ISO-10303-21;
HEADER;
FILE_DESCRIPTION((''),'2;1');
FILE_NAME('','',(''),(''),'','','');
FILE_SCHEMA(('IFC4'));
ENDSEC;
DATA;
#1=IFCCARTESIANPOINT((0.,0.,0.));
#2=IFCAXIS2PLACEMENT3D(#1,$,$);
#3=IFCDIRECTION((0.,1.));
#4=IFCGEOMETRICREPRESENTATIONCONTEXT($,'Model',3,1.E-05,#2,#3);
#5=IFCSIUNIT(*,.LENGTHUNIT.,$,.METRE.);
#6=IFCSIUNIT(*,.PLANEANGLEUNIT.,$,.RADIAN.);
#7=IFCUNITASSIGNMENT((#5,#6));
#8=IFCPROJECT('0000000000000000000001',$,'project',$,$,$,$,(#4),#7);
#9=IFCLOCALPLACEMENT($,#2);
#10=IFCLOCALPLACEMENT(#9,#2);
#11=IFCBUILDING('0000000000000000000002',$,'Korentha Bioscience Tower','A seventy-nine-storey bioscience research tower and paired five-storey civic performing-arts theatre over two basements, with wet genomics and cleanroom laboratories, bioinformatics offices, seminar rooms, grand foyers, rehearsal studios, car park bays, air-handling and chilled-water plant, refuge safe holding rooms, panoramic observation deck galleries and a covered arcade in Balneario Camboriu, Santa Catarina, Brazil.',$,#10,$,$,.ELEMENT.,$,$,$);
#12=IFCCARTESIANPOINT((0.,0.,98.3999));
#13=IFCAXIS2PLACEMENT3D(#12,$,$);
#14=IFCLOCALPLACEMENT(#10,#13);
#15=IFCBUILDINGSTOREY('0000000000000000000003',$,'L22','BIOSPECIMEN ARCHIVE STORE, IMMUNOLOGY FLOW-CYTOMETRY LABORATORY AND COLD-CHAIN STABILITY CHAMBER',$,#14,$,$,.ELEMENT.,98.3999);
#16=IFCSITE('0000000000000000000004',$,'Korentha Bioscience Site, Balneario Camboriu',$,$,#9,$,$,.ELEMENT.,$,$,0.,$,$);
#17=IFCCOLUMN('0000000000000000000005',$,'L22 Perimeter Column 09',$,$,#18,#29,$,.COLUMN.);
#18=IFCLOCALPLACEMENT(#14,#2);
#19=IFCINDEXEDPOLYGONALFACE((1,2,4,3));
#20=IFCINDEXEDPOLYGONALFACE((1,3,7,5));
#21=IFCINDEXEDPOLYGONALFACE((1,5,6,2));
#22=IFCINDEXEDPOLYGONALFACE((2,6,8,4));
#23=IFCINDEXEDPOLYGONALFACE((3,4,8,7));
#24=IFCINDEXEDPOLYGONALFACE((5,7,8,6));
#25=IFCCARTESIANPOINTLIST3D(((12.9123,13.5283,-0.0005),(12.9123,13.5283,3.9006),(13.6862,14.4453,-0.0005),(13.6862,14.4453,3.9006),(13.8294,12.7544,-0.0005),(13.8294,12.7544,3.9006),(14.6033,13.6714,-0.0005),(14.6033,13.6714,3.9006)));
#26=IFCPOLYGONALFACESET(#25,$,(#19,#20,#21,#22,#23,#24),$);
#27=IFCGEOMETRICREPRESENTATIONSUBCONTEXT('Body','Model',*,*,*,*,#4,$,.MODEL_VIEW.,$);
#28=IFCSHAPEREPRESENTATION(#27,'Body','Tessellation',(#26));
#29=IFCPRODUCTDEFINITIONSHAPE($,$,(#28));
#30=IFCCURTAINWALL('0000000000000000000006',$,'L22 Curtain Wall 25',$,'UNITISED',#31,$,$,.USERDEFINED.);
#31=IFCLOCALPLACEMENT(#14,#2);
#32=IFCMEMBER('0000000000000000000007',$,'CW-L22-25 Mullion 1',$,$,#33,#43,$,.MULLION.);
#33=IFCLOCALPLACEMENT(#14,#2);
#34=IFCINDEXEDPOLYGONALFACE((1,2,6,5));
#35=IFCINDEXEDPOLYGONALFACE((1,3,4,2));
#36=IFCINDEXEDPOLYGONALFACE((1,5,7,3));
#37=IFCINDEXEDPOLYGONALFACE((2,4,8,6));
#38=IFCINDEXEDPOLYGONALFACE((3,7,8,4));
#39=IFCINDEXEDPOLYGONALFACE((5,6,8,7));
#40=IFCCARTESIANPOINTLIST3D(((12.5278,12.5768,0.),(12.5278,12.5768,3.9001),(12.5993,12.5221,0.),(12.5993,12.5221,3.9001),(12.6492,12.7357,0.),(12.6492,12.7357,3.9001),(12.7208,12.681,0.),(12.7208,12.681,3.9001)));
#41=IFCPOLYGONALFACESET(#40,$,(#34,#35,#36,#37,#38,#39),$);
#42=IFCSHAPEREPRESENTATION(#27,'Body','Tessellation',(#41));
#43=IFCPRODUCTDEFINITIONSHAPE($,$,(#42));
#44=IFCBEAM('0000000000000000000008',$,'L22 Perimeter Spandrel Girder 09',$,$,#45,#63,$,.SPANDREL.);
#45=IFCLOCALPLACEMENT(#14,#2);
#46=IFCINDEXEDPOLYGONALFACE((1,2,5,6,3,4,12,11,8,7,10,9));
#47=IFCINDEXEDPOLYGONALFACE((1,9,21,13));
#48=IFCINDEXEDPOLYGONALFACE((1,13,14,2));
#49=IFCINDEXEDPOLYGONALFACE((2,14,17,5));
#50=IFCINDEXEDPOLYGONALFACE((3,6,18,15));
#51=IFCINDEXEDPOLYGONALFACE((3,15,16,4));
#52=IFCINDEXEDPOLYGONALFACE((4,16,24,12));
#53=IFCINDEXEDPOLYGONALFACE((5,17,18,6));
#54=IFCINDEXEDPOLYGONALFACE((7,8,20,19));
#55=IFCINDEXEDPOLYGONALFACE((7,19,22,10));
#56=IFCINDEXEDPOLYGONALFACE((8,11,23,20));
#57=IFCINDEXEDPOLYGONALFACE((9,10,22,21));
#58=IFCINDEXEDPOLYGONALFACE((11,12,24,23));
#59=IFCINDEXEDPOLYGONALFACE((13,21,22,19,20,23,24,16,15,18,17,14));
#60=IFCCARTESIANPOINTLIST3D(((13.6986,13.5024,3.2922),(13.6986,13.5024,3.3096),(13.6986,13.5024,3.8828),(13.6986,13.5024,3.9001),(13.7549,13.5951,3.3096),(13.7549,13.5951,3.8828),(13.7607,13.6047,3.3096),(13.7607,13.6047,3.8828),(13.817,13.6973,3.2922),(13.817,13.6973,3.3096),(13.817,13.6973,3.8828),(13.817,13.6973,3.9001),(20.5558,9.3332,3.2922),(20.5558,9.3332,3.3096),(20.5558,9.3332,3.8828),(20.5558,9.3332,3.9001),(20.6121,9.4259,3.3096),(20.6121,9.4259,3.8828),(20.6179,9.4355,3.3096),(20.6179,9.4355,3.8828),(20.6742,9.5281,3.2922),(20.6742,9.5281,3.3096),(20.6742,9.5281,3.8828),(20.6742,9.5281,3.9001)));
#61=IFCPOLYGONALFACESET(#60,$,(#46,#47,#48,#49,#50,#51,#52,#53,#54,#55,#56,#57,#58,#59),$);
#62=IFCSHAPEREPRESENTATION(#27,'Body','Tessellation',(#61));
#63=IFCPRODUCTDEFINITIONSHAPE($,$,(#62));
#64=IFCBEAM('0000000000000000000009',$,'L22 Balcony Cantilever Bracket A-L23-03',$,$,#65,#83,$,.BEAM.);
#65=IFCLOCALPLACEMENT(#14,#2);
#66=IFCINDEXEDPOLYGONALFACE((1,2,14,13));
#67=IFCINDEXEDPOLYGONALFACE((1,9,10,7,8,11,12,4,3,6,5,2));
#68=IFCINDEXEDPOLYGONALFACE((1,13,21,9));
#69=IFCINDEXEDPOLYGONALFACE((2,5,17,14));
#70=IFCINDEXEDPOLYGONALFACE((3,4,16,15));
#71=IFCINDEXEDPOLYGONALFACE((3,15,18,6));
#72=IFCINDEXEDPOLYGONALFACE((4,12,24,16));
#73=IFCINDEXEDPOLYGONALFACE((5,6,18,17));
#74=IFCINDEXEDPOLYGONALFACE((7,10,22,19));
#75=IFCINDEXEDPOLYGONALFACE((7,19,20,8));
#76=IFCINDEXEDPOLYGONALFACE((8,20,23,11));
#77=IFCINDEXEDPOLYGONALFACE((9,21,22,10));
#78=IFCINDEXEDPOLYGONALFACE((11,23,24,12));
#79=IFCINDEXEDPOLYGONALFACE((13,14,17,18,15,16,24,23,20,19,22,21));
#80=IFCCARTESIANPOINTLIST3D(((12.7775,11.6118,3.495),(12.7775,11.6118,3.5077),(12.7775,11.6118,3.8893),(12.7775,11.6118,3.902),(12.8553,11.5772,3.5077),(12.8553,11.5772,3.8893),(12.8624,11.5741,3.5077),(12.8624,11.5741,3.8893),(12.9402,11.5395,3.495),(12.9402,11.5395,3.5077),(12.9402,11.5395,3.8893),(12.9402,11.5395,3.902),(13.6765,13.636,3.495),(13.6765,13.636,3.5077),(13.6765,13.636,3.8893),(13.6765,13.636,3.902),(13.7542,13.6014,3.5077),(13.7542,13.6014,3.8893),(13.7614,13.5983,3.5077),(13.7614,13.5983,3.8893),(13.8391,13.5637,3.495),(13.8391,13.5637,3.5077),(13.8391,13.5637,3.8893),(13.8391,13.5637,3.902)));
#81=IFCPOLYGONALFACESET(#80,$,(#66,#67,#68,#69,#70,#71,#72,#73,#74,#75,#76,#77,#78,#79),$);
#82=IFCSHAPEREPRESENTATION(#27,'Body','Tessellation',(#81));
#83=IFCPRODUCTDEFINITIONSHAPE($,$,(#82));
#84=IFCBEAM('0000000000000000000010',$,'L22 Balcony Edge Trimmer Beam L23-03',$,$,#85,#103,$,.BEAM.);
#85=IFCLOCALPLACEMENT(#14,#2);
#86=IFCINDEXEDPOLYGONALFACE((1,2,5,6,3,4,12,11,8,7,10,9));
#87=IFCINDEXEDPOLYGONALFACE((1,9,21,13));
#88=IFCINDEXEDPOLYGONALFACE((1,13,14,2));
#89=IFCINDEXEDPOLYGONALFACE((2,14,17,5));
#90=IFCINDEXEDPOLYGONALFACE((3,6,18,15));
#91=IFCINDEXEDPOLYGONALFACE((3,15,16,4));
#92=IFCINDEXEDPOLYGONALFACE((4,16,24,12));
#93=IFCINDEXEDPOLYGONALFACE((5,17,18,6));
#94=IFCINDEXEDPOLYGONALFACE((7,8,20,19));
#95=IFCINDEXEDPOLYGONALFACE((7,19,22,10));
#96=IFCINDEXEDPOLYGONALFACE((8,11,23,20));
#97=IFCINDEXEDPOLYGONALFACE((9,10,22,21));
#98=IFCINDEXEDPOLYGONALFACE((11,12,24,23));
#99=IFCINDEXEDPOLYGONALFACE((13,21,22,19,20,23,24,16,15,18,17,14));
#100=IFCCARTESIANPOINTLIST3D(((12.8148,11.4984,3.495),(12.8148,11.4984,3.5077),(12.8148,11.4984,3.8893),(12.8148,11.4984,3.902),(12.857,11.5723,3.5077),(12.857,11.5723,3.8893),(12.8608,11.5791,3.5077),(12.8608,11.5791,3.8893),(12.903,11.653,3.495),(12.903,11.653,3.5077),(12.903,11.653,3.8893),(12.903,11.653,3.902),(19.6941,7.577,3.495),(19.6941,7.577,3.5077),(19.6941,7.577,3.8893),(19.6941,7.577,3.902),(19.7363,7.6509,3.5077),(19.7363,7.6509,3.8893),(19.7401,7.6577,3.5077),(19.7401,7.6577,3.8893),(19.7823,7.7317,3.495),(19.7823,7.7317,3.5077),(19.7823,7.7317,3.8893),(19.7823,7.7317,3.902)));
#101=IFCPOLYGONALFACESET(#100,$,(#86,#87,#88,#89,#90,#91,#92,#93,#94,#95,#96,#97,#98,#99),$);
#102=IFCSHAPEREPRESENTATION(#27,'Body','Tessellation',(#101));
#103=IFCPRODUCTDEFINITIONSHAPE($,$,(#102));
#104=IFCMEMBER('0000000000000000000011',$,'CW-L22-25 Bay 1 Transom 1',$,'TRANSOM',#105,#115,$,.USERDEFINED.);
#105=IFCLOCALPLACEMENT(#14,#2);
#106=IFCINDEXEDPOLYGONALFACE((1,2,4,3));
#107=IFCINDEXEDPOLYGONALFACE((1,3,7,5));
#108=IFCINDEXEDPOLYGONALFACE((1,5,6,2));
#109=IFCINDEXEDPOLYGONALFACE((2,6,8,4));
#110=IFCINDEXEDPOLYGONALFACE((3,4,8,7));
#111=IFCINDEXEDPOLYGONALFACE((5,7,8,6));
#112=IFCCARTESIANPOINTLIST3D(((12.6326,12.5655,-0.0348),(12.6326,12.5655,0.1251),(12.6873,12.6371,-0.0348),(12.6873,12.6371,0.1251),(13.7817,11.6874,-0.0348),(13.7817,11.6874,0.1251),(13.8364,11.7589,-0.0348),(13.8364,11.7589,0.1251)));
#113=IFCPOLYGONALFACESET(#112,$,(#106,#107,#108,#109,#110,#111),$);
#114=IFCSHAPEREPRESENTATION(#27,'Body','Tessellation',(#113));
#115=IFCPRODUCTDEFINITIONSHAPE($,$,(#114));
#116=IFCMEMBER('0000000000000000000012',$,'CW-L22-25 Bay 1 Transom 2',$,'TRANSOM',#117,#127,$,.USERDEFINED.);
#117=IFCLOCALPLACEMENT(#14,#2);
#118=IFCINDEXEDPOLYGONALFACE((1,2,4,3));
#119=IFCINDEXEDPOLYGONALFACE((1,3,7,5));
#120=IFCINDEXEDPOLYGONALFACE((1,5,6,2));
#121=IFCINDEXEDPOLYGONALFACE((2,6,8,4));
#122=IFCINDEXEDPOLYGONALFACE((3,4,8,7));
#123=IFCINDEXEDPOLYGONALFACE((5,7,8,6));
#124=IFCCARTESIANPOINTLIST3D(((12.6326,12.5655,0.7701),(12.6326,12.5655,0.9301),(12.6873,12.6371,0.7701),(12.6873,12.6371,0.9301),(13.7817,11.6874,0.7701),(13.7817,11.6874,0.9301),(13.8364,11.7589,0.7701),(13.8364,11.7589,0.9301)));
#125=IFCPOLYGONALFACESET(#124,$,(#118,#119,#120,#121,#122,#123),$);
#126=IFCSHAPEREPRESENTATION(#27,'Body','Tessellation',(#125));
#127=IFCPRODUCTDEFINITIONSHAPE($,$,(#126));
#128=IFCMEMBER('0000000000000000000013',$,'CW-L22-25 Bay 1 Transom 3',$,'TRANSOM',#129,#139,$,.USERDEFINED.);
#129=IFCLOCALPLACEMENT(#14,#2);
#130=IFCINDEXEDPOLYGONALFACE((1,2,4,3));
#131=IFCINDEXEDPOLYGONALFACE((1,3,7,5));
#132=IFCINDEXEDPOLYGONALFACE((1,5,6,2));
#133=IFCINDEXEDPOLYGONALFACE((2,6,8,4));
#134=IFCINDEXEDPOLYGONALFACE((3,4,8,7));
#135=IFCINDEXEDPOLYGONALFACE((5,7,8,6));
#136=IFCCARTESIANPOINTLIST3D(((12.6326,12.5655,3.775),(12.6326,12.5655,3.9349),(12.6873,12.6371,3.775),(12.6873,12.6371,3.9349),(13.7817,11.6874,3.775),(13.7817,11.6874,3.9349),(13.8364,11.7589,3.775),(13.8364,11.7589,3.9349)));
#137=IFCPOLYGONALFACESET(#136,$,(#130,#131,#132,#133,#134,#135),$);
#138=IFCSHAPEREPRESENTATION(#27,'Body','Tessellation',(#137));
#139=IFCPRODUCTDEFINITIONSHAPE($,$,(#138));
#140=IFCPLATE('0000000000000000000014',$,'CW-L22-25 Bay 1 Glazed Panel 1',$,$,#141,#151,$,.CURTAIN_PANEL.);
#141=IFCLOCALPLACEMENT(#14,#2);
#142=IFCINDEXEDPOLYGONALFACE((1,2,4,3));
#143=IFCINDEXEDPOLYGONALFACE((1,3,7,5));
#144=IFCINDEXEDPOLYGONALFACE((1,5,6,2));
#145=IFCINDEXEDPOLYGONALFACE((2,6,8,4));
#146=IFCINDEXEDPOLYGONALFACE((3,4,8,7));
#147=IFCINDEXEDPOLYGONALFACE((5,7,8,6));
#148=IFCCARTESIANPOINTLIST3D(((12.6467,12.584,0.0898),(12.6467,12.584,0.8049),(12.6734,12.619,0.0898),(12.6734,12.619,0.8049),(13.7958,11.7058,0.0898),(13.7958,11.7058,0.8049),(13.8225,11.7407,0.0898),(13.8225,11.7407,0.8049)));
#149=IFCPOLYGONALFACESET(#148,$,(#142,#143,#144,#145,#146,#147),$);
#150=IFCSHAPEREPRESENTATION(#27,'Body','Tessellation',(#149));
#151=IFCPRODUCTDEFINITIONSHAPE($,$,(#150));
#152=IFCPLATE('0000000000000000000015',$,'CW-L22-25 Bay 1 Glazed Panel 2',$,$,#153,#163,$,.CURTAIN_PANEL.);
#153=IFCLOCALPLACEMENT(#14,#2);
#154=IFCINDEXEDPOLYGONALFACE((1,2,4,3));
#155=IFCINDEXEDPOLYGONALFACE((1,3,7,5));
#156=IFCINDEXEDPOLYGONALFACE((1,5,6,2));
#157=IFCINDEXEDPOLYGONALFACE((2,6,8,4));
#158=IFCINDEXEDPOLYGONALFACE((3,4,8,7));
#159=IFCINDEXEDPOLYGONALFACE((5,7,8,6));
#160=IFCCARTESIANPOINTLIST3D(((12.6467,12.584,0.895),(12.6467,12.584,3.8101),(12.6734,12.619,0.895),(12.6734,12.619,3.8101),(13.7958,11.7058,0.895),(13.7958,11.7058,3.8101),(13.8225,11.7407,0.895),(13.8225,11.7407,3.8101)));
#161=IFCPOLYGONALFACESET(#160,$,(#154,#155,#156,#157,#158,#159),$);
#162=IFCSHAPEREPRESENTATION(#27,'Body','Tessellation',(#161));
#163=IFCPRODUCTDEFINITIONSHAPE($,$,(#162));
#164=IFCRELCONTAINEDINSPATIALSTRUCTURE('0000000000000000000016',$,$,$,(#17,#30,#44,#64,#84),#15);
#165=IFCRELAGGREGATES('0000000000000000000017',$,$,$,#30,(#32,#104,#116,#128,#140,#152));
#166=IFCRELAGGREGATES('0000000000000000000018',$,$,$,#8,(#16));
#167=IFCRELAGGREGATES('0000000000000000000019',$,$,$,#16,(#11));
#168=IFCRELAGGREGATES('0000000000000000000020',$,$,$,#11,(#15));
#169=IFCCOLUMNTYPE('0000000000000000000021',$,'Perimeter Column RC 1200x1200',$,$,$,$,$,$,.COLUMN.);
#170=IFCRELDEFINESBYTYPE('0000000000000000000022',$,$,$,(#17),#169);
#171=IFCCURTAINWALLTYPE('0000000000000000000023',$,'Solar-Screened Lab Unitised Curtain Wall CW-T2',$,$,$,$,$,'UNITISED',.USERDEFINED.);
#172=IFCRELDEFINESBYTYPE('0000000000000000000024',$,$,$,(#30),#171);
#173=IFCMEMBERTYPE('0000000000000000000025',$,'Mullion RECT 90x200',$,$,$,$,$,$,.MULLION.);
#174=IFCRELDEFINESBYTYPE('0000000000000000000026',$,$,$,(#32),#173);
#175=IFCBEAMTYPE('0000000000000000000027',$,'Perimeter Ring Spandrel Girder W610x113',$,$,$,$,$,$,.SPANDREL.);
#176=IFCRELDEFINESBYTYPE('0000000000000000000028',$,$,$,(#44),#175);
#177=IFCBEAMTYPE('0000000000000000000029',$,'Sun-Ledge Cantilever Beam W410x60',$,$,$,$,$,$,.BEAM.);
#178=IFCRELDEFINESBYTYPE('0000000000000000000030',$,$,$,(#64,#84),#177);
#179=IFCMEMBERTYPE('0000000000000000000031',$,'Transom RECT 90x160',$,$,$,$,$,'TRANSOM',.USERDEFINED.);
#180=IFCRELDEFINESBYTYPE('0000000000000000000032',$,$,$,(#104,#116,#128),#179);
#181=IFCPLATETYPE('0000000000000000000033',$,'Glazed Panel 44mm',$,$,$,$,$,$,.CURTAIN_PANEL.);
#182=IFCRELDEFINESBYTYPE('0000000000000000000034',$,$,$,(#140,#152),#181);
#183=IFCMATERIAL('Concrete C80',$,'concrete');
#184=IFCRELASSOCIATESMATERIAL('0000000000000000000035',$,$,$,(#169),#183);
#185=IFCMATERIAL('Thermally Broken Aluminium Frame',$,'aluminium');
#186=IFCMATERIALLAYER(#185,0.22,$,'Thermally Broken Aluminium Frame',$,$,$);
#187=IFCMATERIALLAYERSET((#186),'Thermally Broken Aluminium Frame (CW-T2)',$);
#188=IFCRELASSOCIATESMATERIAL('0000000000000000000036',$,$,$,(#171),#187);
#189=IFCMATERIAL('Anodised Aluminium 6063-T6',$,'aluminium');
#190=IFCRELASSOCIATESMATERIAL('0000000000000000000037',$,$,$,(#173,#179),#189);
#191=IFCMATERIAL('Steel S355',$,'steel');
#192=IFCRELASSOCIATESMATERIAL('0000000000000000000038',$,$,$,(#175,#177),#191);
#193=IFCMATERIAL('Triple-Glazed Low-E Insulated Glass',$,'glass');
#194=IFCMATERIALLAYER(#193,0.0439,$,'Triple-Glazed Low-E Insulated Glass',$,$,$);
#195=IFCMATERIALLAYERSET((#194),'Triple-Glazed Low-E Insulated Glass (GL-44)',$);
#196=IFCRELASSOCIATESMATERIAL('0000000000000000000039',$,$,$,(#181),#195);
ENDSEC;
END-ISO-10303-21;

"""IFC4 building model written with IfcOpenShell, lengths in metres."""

from ifc_helpers import new_model, si_unit, direction, frame, origin, origin_2d, place, context, subcontext, project, spatial, rectangle, i_section, extrude, material, layer, layer_set, material_profile, profile_set, type_object, element, aggregate, save


model = new_model("IFC4")

# Units and contexts
model_context = context("Model", 3, precision=1e-05, world=origin(), true_north=direction((0.0, 1.0)))
body_context = subcontext(model_context, "Body", "Model", "MODEL_VIEW")
ifc_project = project(units=[si_unit("LENGTHUNIT", "METRE"), si_unit("PLANEANGLEUNIT", "RADIAN")], contexts=[model_context])

# Site, building, storey
site_placement = place(None, origin())
site = spatial("IfcSite", under=ifc_project, at=site_placement, Name="Korentha Bioscience Site, Balneario Camboriu", CompositionType="ELEMENT", RefElevation=0.0)
building_placement = place(site_placement, origin())
building = spatial("IfcBuilding", under=site, at=building_placement, Name="Korentha Bioscience Tower", Description="A seventy-nine-storey bioscience research tower and paired five-storey civic performing-arts theatre over two basements, with wet genomics and cleanroom laboratories, bioinformatics offices, seminar rooms, grand foyers, rehearsal studios, car park bays, air-handling and chilled-water plant, refuge safe holding rooms, panoramic observation deck galleries and a covered arcade in Balneario Camboriu, Santa Catarina, Brazil.", CompositionType="ELEMENT")
storey_placement = place(building_placement, frame((0.0, 0.0, 98.3999)))
storey = spatial("IfcBuildingStorey", under=building, at=storey_placement, Name="L22", Description="BIOSPECIMEN ARCHIVE STORE, IMMUNOLOGY FLOW-CYTOMETRY LABORATORY AND COLD-CHAIN STABILITY CHAMBER", CompositionType="ELEMENT", Elevation=98.3999)

# Column
ifc_material_1 = material(Name="Concrete C80", Category="concrete")
ifc_material_profile_1 = material_profile(ifc_material_1, rectangle(XDim=1.2, YDim=1.2, at=origin_2d()), Name="Concrete C80")
ifc_profile_set_1 = profile_set([ifc_material_profile_1], Name="Concrete C80 (COL-P12)")
column_type = type_object("IfcColumnType", Name="Perimeter Column RC 1200x1200", PredefinedType="COLUMN", material=ifc_profile_set_1)
column_placement = place(storey_placement, frame((13.7578, 13.5999, -0.0005), z_axis=(0.0, 0.0, 1.0), x_axis=(-0.764246, 0.644924, 0.0)))
element("IfcColumn", 1, at=column_placement, inside=storey, type_object=column_type, Name="L22 Perimeter Column 09", PredefinedType="COLUMN", context=body_context, shape_type="SweptSolid", body=[
    extrude(rectangle(XDim=1.2, YDim=1.2, at=origin_2d()), origin(), (0.0, 0.0, 1.0), 3.9011),
])

# Curtain wall, member
ifc_material_2 = material(Name="Thermally Broken Aluminium Frame", Category="aluminium")
ifc_layer_1 = layer(ifc_material_2, 0.22, Name="Thermally Broken Aluminium Frame")
ifc_layer_set_1 = layer_set([ifc_layer_1], Name="Thermally Broken Aluminium Frame (CW-T2)")
curtain_wall_type = type_object("IfcCurtainWallType", Name="Solar-Screened Lab Unitised Curtain Wall CW-T2", ElementType="UNITISED", PredefinedType="USERDEFINED", material=ifc_layer_set_1)
curtain_wall_placement = place(storey_placement, origin())
curtain_wall = element("IfcCurtainWall", 2, at=curtain_wall_placement, inside=storey, type_object=curtain_wall_type, Name="L22 Curtain Wall 25", ObjectType="UNITISED", PredefinedType="USERDEFINED")
ifc_material_3 = material(Name="Anodised Aluminium 6063-T6", Category="aluminium")
ifc_material_profile_2 = material_profile(ifc_material_3, rectangle(XDim=0.0901, YDim=0.2, at=origin_2d()), Name="Anodised Aluminium 6063-T6")
ifc_profile_set_2 = profile_set([ifc_material_profile_2], Name="Anodised Aluminium 6063-T6 (CW-MUL)")
member_type_1 = type_object("IfcMemberType", Name="Mullion RECT 90x200", PredefinedType="MULLION", material=ifc_profile_set_2)
member_1_placement = place(storey_placement, frame((12.6243, 12.6289, 0.0), z_axis=(0.0, 0.0, 1.0), x_axis=(0.7945, -0.607265, 0.0)))
member_1 = element("IfcMember", 3, at=member_1_placement, type_object=member_type_1, Name="CW-L22-25 Mullion 1", PredefinedType="MULLION", context=body_context, shape_type="SweptSolid", body=[
    extrude(rectangle(XDim=0.0901, YDim=0.2, at=origin_2d()), origin(), (0.0, 0.0, 1.0), 3.9001),
])

# Beams
ifc_material_4 = material(Name="Steel S355", Category="steel")
ifc_material_profile_3 = material_profile(ifc_material_4, i_section(OverallWidth=0.228, OverallDepth=0.6079, WebThickness=0.0112, FlangeThickness=0.0173, at=origin_2d()), Name="Steel S355")
ifc_profile_set_3 = profile_set([ifc_material_profile_3], Name="Steel S355 (SB-610)")
beam_type_1 = type_object("IfcBeamType", Name="Perimeter Ring Spandrel Girder W610x113", PredefinedType="SPANDREL", material=ifc_profile_set_3)
beam_1_placement = place(storey_placement, frame((13.7578, 13.5999, 3.5962), z_axis=(0.854461, -0.519515, 0.0), x_axis=(0.519515, 0.854461, 0.0)))
element("IfcBeam", 4, at=beam_1_placement, inside=storey, type_object=beam_type_1, Name="L22 Perimeter Spandrel Girder 09", PredefinedType="SPANDREL", context=body_context, shape_type="SweptSolid", body=[
    extrude(i_section(OverallWidth=0.228, OverallDepth=0.6079, WebThickness=0.0112, FlangeThickness=0.0173, at=origin_2d()), origin(), (0.0, 0.0, 1.0), 8.0251),
])
ifc_material_profile_4 = material_profile(ifc_material_4, i_section(OverallWidth=0.178, OverallDepth=0.407, WebThickness=0.0078, FlangeThickness=0.0127, at=origin_2d()), Name="Steel S355")
ifc_profile_set_4 = profile_set([ifc_material_profile_4], Name="Steel S355 (CB-410)")
beam_type_2 = type_object("IfcBeamType", Name="Sun-Ledge Cantilever Beam W410x60", PredefinedType="BEAM", material=ifc_profile_set_4)
beam_2_placement = place(storey_placement, frame((13.7578, 13.5999, 3.6985), z_axis=(-0.405873, -0.91393, 0.0), x_axis=(0.91393, -0.405873, 0.0)))
element("IfcBeam", 5, at=beam_2_placement, inside=storey, type_object=beam_type_2, Name="L22 Balcony Cantilever Bracket A-L23-03", PredefinedType="BEAM", context=body_context, shape_type="SweptSolid", body=[
    extrude(i_section(OverallWidth=0.178, OverallDepth=0.407, WebThickness=0.0078, FlangeThickness=0.0127, at=origin_2d()), origin(), (0.0, 0.0, 1.0), 2.2148),
])
beam_3_placement = place(storey_placement, frame((12.8589, 11.5757, 3.6985), z_axis=(0.86877, -0.495216, 0.0), x_axis=(0.495216, 0.86877, 0.0)))
element("IfcBeam", 6, at=beam_3_placement, inside=storey, type_object=beam_type_2, Name="L22 Balcony Edge Trimmer Beam L23-03", PredefinedType="BEAM", context=body_context, shape_type="SweptSolid", body=[
    extrude(i_section(OverallWidth=0.178, OverallDepth=0.407, WebThickness=0.0078, FlangeThickness=0.0127, at=origin_2d()), origin(), (0.0, 0.0, 1.0), 7.9185),
])

# Members
ifc_material_profile_5 = material_profile(ifc_material_3, rectangle(XDim=0.0901, YDim=0.1599, at=origin_2d()), Name="Anodised Aluminium 6063-T6")
ifc_profile_set_5 = profile_set([ifc_material_profile_5], Name="Anodised Aluminium 6063-T6 (CW-TRN)")
member_type_2 = type_object("IfcMemberType", Name="Transom RECT 90x160", ElementType="TRANSOM", PredefinedType="USERDEFINED", material=ifc_profile_set_5)
member_2_placement = place(storey_placement, frame((12.6599, 12.6013, 0.0452), z_axis=(0.794559, -0.607187, 0.0), x_axis=(0.607187, 0.794559, 0.0)))
member_2 = element("IfcMember", 7, at=member_2_placement, type_object=member_type_2, Name="CW-L22-25 Bay 1 Transom 1", ObjectType="TRANSOM", PredefinedType="USERDEFINED", context=body_context, shape_type="SweptSolid", body=[
    extrude(rectangle(XDim=0.0901, YDim=0.1599, at=origin_2d()), origin(), (0.0, 0.0, 1.0), 1.4463),
])
member_3_placement = place(storey_placement, frame((12.6599, 12.6013, 0.8501), z_axis=(0.794559, -0.607187, 0.0), x_axis=(0.607187, 0.794559, 0.0)))
member_3 = element("IfcMember", 8, at=member_3_placement, type_object=member_type_2, Name="CW-L22-25 Bay 1 Transom 2", ObjectType="TRANSOM", PredefinedType="USERDEFINED", context=body_context, shape_type="SweptSolid", body=[
    extrude(rectangle(XDim=0.0901, YDim=0.1599, at=origin_2d()), origin(), (0.0, 0.0, 1.0), 1.4463),
])
member_4_placement = place(storey_placement, frame((12.6599, 12.6013, 3.855), z_axis=(0.794559, -0.607187, 0.0), x_axis=(0.607187, 0.794559, 0.0)))
member_4 = element("IfcMember", 9, at=member_4_placement, type_object=member_type_2, Name="CW-L22-25 Bay 1 Transom 3", ObjectType="TRANSOM", PredefinedType="USERDEFINED", context=body_context, shape_type="SweptSolid", body=[
    extrude(rectangle(XDim=0.0901, YDim=0.1599, at=origin_2d()), origin(), (0.0, 0.0, 1.0), 1.4463),
])

# Plates
ifc_material_5 = material(Name="Triple-Glazed Low-E Insulated Glass", Category="glass")
ifc_layer_2 = layer(ifc_material_5, 0.0439, Name="Triple-Glazed Low-E Insulated Glass")
ifc_layer_set_2 = layer_set([ifc_layer_2], Name="Triple-Glazed Low-E Insulated Glass (GL-44)")
plate_type = type_object("IfcPlateType", Name="Glazed Panel 44mm", PredefinedType="CURTAIN_PANEL", material=ifc_layer_set_2)
plate_1_placement = place(storey_placement, frame((13.2346, 12.1624, 0.0898), z_axis=(0.0, 0.0, 1.0), x_axis=(0.7945, -0.607265, 0.0)))
plate_1 = element("IfcPlate", 10, at=plate_1_placement, type_object=plate_type, Name="CW-L22-25 Bay 1 Glazed Panel 1", PredefinedType="CURTAIN_PANEL", context=body_context, shape_type="SweptSolid", body=[
    extrude(rectangle(XDim=1.4463, YDim=0.0439, at=origin_2d()), origin(), (0.0, 0.0, 1.0), 0.7151),
])
plate_2_placement = place(storey_placement, frame((13.2346, 12.1624, 0.895), z_axis=(0.0, 0.0, 1.0), x_axis=(0.7945, -0.607265, 0.0)))
plate_2 = element("IfcPlate", 11, at=plate_2_placement, type_object=plate_type, Name="CW-L22-25 Bay 1 Glazed Panel 2", PredefinedType="CURTAIN_PANEL", context=body_context, shape_type="SweptSolid", body=[
    extrude(rectangle(XDim=1.4463, YDim=0.0439, at=origin_2d()), origin(), (0.0, 0.0, 1.0), 2.915),
])
aggregate(curtain_wall, [member_1, member_2, member_3, member_4, plate_1, plate_2])

save(model, "model.ifc")
